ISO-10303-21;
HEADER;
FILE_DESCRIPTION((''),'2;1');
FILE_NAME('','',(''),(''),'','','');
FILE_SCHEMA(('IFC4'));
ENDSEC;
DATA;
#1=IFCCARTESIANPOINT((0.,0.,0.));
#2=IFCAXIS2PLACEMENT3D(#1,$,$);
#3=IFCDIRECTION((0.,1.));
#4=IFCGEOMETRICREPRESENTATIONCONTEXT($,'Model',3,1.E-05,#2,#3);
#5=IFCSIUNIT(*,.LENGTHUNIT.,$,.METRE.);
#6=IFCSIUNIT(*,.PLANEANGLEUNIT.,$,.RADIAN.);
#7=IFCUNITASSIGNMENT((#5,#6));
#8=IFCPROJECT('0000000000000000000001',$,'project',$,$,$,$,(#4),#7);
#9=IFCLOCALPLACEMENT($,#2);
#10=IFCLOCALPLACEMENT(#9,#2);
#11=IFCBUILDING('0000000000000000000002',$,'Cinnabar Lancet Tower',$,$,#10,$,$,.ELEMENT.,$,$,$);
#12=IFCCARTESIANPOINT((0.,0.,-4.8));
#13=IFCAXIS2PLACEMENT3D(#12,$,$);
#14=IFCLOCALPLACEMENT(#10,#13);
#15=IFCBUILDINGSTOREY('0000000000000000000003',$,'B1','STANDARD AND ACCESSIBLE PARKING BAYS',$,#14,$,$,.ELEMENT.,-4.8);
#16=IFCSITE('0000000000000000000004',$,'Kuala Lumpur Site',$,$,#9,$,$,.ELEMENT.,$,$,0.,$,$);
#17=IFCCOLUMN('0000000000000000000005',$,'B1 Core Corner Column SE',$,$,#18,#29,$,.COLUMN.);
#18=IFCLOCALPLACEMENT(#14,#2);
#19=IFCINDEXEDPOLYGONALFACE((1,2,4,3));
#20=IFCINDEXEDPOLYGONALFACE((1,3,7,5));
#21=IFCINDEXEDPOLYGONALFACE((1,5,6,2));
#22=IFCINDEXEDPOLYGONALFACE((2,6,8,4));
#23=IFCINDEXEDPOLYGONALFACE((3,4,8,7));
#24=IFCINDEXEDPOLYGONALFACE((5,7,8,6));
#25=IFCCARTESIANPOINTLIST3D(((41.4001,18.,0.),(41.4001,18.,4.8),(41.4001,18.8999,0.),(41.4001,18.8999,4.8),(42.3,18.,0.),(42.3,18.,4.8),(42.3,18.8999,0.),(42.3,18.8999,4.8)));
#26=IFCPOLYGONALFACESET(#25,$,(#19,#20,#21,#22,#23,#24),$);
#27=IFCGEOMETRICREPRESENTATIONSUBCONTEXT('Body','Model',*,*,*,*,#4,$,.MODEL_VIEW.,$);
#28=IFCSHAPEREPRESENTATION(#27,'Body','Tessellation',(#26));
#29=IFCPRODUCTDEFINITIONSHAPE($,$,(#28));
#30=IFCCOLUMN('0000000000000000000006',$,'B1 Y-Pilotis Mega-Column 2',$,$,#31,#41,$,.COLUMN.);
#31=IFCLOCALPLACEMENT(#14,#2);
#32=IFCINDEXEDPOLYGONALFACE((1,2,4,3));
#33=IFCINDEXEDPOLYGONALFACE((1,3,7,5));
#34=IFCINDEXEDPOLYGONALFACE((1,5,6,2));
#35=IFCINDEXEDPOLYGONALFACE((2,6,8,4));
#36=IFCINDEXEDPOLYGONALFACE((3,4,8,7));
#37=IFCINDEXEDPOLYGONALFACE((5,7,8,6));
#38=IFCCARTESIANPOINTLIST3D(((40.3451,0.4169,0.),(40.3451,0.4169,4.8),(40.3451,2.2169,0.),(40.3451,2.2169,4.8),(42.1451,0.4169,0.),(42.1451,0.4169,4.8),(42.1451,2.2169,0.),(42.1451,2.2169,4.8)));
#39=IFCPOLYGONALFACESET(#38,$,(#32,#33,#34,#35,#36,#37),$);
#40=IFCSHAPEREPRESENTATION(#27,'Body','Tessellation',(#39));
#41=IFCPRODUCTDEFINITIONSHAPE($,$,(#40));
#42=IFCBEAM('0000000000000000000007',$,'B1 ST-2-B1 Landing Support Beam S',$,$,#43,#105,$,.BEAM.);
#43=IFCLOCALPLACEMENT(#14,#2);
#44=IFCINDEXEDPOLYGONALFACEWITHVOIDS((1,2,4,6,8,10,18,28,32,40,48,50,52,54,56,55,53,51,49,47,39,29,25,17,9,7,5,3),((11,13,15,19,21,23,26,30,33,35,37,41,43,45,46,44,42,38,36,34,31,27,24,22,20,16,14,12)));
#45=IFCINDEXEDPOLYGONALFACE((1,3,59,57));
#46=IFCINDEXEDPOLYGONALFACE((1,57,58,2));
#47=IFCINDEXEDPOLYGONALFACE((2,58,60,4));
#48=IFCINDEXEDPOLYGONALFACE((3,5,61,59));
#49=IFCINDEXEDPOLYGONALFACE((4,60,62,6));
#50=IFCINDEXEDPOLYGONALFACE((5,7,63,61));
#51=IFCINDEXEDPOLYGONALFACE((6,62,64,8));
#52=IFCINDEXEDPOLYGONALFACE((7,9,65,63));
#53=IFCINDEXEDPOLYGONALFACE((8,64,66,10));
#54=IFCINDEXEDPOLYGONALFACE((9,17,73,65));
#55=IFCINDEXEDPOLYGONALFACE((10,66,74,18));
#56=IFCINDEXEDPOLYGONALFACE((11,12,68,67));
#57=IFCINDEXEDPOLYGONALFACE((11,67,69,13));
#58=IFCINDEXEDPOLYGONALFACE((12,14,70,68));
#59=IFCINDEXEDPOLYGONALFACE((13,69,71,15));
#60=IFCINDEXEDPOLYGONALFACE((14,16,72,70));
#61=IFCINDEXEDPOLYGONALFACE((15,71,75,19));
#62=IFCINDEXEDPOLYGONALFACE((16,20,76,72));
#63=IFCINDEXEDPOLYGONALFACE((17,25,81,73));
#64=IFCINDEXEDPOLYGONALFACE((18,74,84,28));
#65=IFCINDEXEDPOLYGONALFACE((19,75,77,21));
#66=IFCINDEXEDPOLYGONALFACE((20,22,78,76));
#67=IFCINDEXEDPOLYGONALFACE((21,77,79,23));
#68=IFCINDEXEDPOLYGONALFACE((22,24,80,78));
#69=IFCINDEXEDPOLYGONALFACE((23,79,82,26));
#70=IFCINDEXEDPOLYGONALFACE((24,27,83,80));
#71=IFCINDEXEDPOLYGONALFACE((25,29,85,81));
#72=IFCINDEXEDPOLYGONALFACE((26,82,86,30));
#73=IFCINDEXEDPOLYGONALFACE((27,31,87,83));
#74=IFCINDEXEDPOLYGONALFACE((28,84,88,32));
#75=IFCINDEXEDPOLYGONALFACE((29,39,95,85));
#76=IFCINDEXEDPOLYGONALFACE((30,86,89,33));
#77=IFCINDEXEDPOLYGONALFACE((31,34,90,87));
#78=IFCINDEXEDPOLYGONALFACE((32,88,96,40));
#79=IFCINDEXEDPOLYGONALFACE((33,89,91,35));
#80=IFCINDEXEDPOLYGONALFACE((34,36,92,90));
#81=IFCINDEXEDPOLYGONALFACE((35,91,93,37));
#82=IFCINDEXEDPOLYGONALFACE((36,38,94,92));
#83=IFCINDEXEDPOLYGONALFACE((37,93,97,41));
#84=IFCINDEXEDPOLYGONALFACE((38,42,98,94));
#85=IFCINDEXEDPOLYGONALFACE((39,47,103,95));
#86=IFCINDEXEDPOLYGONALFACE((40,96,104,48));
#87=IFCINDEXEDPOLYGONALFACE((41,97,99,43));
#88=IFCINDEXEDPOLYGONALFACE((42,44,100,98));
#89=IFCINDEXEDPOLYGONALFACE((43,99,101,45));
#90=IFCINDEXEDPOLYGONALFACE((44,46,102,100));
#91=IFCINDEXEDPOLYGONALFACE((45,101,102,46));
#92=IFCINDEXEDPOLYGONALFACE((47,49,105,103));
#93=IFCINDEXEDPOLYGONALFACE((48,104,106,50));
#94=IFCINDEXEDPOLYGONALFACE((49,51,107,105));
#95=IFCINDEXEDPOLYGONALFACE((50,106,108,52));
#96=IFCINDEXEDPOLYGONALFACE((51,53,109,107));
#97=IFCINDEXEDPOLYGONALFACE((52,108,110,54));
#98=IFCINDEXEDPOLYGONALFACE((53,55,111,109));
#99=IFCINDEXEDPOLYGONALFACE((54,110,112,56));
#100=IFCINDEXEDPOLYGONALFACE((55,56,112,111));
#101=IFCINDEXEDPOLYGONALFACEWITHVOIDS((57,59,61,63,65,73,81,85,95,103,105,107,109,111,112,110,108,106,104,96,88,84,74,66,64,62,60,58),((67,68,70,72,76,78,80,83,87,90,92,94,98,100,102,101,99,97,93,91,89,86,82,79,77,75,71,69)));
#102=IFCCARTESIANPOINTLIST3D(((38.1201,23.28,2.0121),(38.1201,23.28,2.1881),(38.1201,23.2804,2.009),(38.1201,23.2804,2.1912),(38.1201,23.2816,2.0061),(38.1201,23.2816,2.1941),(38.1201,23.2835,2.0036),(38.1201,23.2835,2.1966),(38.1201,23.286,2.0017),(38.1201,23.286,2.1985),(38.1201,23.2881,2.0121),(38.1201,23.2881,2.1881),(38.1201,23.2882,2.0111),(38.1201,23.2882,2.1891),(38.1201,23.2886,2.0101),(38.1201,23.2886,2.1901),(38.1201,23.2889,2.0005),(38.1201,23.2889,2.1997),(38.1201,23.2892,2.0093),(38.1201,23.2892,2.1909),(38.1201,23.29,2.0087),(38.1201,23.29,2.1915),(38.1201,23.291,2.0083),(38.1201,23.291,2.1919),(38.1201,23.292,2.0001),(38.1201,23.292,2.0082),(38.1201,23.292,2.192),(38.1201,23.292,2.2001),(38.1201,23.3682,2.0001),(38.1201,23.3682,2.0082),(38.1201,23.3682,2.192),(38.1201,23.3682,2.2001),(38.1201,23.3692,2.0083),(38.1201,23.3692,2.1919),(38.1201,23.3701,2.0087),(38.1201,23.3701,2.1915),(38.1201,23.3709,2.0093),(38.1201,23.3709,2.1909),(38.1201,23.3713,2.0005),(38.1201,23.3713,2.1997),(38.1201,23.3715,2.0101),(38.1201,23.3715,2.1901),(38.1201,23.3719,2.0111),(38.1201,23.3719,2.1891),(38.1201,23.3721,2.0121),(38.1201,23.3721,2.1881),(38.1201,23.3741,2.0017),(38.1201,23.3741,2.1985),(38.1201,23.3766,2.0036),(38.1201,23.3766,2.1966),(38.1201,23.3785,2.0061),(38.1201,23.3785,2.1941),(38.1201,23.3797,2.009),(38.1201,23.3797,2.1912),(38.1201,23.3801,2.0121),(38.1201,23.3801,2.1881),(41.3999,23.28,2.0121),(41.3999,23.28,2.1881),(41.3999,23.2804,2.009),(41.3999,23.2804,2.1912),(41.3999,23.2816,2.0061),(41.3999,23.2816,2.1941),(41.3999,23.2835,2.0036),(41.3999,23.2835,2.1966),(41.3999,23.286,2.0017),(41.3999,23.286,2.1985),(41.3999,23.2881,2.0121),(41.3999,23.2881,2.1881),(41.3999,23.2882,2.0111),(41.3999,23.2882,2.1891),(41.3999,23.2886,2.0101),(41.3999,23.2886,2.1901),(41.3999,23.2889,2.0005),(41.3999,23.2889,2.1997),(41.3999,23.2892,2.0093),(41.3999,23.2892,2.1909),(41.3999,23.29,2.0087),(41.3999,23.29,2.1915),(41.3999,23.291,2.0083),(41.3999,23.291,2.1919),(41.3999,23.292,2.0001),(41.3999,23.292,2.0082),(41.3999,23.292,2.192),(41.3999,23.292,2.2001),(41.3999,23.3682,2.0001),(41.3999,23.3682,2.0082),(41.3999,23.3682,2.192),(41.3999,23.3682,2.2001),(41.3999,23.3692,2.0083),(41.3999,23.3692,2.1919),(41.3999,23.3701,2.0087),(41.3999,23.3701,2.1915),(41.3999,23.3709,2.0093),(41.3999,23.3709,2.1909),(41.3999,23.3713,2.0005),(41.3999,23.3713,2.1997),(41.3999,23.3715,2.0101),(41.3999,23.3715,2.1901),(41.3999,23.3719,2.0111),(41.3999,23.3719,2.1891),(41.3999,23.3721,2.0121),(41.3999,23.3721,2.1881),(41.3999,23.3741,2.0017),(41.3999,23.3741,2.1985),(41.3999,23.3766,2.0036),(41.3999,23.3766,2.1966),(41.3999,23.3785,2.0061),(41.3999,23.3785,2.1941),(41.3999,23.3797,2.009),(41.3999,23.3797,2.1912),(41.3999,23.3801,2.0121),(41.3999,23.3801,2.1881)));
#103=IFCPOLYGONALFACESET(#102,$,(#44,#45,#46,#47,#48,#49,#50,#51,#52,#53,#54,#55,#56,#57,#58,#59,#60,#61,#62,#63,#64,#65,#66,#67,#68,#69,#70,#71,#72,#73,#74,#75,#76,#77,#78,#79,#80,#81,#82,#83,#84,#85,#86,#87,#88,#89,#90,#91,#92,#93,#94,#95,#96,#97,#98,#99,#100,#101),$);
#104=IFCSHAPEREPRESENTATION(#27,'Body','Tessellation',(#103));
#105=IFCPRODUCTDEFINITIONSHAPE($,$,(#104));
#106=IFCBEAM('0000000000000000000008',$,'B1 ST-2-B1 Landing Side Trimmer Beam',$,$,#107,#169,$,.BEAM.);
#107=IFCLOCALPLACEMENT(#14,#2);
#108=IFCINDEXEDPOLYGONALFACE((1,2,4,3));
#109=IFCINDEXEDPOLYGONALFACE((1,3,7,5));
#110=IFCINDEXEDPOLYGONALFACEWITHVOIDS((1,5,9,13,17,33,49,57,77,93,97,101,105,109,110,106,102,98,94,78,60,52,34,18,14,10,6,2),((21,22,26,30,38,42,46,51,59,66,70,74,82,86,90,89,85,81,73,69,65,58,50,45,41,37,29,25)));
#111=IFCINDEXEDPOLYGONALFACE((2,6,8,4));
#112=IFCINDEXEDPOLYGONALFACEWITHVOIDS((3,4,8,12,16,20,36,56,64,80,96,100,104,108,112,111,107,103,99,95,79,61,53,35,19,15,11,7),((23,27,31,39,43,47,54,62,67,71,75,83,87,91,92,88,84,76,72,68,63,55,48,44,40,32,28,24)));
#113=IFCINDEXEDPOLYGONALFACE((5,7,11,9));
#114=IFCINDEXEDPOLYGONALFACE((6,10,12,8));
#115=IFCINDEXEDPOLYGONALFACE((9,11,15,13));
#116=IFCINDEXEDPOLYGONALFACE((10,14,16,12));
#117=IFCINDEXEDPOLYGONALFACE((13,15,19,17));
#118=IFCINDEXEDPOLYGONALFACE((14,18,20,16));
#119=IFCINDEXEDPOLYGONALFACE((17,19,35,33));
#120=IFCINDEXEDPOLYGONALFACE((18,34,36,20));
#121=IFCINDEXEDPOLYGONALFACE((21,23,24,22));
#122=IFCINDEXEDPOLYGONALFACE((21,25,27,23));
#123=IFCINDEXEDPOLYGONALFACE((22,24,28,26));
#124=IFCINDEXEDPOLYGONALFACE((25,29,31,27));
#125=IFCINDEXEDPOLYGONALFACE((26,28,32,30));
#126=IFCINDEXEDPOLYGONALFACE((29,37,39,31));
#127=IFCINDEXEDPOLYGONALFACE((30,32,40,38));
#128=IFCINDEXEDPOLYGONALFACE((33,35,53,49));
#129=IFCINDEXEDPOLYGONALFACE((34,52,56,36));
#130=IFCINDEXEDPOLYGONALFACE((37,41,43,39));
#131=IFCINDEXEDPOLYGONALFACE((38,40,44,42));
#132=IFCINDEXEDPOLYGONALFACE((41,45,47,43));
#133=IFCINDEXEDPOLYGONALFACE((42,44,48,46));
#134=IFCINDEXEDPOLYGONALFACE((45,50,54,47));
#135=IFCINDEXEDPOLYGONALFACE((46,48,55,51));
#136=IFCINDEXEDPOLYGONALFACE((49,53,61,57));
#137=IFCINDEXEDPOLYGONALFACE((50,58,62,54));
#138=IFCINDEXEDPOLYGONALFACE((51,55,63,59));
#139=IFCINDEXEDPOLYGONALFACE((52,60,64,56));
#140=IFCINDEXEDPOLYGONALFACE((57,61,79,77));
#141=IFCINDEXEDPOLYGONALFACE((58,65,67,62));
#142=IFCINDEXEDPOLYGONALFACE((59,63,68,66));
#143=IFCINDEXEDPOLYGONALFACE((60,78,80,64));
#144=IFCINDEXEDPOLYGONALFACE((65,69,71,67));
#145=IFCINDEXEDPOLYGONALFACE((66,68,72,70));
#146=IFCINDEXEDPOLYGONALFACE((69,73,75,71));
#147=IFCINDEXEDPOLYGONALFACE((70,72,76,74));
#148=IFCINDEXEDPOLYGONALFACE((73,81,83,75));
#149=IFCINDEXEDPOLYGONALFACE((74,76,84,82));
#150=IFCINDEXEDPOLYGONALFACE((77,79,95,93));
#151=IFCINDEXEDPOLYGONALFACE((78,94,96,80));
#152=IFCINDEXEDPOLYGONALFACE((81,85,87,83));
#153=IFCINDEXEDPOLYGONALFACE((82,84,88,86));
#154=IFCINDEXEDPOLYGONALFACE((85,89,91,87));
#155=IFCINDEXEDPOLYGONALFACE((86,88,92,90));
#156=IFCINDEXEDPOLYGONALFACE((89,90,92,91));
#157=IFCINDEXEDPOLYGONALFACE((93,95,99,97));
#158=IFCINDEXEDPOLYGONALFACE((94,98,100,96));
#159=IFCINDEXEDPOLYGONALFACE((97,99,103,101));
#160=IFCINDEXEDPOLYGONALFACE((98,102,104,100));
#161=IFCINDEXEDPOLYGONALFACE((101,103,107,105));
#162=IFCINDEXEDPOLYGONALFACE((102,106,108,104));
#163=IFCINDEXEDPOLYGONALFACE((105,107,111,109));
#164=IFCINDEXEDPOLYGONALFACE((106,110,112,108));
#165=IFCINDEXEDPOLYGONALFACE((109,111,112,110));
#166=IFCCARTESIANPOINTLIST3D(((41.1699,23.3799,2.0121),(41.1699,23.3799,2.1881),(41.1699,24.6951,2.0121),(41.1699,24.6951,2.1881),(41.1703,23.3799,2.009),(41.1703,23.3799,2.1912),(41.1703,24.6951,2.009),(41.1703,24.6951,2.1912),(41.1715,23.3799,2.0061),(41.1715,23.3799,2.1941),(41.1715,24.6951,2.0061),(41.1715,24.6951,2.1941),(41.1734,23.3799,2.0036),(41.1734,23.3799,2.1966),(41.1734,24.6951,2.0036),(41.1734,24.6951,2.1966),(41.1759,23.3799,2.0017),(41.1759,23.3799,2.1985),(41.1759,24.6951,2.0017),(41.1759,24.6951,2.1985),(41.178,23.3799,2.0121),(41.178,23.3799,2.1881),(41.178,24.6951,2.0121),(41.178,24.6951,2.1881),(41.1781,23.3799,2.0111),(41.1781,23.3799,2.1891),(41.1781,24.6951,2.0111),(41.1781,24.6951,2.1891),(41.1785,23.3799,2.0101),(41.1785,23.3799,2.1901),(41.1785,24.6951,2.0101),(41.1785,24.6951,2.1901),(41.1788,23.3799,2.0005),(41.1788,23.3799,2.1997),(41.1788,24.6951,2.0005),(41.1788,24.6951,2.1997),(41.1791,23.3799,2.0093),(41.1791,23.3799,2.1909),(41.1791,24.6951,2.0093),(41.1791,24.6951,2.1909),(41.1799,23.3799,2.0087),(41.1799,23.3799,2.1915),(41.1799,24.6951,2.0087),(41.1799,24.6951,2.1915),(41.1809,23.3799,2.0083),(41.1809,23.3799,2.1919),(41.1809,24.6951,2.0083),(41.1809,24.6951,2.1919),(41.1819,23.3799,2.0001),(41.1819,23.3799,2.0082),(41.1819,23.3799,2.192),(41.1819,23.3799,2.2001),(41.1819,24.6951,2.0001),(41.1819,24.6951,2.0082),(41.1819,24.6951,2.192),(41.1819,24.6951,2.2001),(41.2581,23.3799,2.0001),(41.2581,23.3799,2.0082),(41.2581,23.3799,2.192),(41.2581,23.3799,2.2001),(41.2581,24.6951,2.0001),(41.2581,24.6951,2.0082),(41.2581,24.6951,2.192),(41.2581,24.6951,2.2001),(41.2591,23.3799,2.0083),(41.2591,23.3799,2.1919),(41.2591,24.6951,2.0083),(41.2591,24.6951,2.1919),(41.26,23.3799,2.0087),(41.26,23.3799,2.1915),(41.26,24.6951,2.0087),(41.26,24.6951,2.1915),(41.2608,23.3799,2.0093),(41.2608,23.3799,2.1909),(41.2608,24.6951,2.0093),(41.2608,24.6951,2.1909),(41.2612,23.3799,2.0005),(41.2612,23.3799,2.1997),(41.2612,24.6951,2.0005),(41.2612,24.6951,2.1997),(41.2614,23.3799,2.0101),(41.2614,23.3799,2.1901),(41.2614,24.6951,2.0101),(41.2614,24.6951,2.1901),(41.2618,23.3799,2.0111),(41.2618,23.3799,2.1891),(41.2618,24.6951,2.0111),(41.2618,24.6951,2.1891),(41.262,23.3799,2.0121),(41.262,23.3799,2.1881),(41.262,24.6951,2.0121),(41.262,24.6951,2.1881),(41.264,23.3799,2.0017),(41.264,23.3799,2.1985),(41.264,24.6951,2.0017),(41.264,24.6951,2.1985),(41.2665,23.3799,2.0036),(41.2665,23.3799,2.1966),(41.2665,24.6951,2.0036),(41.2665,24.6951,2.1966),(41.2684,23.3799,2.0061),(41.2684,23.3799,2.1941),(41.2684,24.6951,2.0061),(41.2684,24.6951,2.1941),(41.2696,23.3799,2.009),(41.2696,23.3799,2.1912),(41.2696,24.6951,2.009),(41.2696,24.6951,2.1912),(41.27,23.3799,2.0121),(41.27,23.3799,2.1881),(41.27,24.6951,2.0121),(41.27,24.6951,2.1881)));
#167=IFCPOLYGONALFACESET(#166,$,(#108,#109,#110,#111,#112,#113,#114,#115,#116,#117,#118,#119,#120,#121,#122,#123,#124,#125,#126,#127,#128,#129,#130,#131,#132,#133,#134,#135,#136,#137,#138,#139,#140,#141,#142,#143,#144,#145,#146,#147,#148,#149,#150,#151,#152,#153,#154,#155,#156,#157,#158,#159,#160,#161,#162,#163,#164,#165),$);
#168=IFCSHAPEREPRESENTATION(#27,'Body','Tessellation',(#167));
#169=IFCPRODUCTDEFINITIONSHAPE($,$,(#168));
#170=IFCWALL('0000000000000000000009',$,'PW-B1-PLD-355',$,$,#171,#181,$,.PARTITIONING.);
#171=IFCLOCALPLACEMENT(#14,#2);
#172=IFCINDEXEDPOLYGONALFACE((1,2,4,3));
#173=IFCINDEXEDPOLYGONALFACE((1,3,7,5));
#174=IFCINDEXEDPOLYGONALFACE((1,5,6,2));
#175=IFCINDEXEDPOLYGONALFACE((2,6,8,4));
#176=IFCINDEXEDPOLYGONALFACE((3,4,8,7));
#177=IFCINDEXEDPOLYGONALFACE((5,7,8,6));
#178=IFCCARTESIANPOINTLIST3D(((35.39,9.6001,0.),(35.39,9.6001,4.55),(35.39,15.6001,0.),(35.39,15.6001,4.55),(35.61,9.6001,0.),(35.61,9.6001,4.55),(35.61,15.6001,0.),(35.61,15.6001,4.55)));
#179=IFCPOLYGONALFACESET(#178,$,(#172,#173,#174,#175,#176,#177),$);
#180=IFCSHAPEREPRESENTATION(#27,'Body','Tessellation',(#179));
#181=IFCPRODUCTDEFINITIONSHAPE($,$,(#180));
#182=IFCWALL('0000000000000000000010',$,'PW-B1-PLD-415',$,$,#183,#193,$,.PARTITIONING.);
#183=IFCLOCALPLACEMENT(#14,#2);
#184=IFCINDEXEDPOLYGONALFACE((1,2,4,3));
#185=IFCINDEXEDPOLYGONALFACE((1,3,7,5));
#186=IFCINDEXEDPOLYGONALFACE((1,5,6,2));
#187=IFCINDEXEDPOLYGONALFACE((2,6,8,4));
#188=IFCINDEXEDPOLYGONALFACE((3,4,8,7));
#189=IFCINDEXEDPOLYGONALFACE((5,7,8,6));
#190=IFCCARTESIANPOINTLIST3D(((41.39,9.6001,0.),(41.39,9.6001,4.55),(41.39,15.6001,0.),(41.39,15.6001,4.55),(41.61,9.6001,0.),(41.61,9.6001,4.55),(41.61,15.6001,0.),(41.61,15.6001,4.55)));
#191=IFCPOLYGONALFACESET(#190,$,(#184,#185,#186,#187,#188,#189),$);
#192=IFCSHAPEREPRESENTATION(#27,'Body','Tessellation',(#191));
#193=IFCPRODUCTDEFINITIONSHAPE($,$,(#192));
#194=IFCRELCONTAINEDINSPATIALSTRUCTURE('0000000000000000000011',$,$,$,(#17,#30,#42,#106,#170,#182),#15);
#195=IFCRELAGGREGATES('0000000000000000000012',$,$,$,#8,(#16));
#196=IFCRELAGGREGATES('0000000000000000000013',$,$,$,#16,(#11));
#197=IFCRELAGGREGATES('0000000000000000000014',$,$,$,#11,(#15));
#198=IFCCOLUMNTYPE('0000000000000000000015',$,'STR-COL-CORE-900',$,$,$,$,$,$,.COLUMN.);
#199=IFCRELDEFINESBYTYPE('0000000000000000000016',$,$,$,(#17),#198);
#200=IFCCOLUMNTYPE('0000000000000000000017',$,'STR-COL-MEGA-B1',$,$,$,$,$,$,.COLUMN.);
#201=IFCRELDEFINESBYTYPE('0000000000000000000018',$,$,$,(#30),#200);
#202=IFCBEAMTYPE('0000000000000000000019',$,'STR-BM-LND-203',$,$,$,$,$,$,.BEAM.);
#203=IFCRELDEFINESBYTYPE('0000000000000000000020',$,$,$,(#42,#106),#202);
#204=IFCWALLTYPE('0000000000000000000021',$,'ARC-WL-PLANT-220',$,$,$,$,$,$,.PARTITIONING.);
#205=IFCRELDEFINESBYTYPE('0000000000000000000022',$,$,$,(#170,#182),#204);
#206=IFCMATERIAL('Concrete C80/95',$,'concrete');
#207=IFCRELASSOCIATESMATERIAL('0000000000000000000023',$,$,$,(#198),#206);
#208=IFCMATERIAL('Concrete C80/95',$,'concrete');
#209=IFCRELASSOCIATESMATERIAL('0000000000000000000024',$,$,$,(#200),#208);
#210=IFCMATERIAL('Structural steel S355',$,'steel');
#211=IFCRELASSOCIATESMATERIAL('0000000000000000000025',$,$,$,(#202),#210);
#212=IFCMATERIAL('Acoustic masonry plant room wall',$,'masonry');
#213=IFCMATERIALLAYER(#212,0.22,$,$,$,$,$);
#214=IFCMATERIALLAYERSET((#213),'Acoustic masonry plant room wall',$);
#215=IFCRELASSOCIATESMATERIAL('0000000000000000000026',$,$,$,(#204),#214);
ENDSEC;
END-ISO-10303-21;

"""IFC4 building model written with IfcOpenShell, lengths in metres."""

from ifc_helpers import new_model, si_unit, direction, frame, frame_2d, origin, origin_2d, place, context, subcontext, project, spatial, rectangle, hollow_rectangle, extrude, material, layer, layer_set, material_profile, profile_set, type_object, element, save


model = new_model("IFC4")

# Units and contexts
model_context = context("Model", 3, precision=1e-05, world=origin(), true_north=direction((0.0, 1.0)))
body_context = subcontext(model_context, "Body", "Model", "MODEL_VIEW")
ifc_project = project(units=[si_unit("LENGTHUNIT", "METRE"), si_unit("PLANEANGLEUNIT", "RADIAN")], contexts=[model_context])

# Site, building, storey
site_placement = place(None, origin())
site = spatial("IfcSite", under=ifc_project, at=site_placement, Name="Kuala Lumpur Site", CompositionType="ELEMENT", RefElevation=0.0)
building_placement = place(site_placement, origin())
building = spatial("IfcBuilding", under=site, at=building_placement, Name="Cinnabar Lancet Tower", CompositionType="ELEMENT")
storey_placement = place(building_placement, frame((0.0, 0.0, -4.8)))
storey = spatial("IfcBuildingStorey", under=building, at=storey_placement, Name="B1", Description="STANDARD AND ACCESSIBLE PARKING BAYS", CompositionType="ELEMENT", Elevation=-4.8)

# Columns
ifc_material_1 = material(Name="Concrete C80/95", Category="concrete")
ifc_material_profile_1 = material_profile(ifc_material_1, rectangle(XDim=0.8999, YDim=0.8999, at=origin_2d()), Name="RC-COL 900x900")
ifc_profile_set_1 = profile_set([ifc_material_profile_1], Name="Concrete C80/95")
column_type_1 = type_object("IfcColumnType", Name="STR-COL-CORE-900", PredefinedType="COLUMN", material=ifc_profile_set_1)
column_1_placement = place(storey_placement, frame((41.8501, 18.45, 0.0), z_axis=(0.0, 0.0, 1.0), x_axis=(1.0, 0.0, 0.0)))
element("IfcColumn", 1, at=column_1_placement, inside=storey, type_object=column_type_1, Name="B1 Core Corner Column SE", PredefinedType="COLUMN", context=body_context, shape_type="SweptSolid", body=[
    extrude(rectangle(XDim=0.8999, YDim=0.8999, at=origin_2d()), origin(), (0.0, 0.0, 1.0), 4.8),
])
ifc_material_2 = material(Name="Concrete C80/95", Category="concrete")
ifc_material_profile_2 = material_profile(ifc_material_2, rectangle(XDim=1.8, YDim=1.8, at=origin_2d()), Name="RC-MEGA 1800x1800")
ifc_profile_set_2 = profile_set([ifc_material_profile_2], Name="Concrete C80/95")
column_type_2 = type_object("IfcColumnType", Name="STR-COL-MEGA-B1", PredefinedType="COLUMN", material=ifc_profile_set_2)
column_2_placement = place(storey_placement, frame((41.2451, 1.3169, 0.0), z_axis=(0.0, 0.0, 1.0), x_axis=(1.0, 0.0, 0.0)))
element("IfcColumn", 2, at=column_2_placement, inside=storey, type_object=column_type_2, Name="B1 Y-Pilotis Mega-Column 2", PredefinedType="COLUMN", context=body_context, shape_type="SweptSolid", body=[
    extrude(rectangle(XDim=1.8, YDim=1.8, at=origin_2d()), origin(), (0.0, 0.0, 1.0), 4.8),
])

# Beams
ifc_material_3 = material(Name="Structural steel S355", Category="steel")
ifc_material_profile_3 = material_profile(ifc_material_3, hollow_rectangle(XDim=0.1001, YDim=0.2, WallThickness=0.0081, InnerFilletRadius=0.0039, OuterFilletRadius=0.012, at=origin_2d()), Name="RHS 200x100x8")
ifc_profile_set_3 = profile_set([ifc_material_profile_3], Name="Structural steel S355")
beam_type = type_object("IfcBeamType", Name="STR-BM-LND-203", PredefinedType="BEAM", material=ifc_profile_set_3)
beam_1_placement = place(storey_placement, frame((38.1201, 23.3301, 2.1001), z_axis=(1.0, 0.0, 0.0), x_axis=(0.0, 1.0, 0.0)))
element("IfcBeam", 3, at=beam_1_placement, inside=storey, type_object=beam_type, Name="B1 ST-2-B1 Landing Support Beam S", PredefinedType="BEAM", context=body_context, shape_type="SweptSolid", body=[
    extrude(hollow_rectangle(XDim=0.1001, YDim=0.2, WallThickness=0.0081, InnerFilletRadius=0.0039, OuterFilletRadius=0.012, at=origin_2d()), origin(), (0.0, 0.0, 1.0), 3.2798),
])
beam_2_placement = place(storey_placement, frame((41.22, 23.3799, 2.1001), z_axis=(0.0, 1.0, 0.0), x_axis=(-1.0, 0.0, 0.0)))
element("IfcBeam", 4, at=beam_2_placement, inside=storey, type_object=beam_type, Name="B1 ST-2-B1 Landing Side Trimmer Beam", PredefinedType="BEAM", context=body_context, shape_type="SweptSolid", body=[
    extrude(hollow_rectangle(XDim=0.1001, YDim=0.2, WallThickness=0.0081, InnerFilletRadius=0.0039, OuterFilletRadius=0.012, at=origin_2d()), origin(), (0.0, 0.0, 1.0), 1.3152),
])

# Walls
ifc_material_4 = material(Name="Acoustic masonry plant room wall", Category="masonry")
ifc_layer_1 = layer(ifc_material_4, 0.22)
ifc_layer_set_1 = layer_set([ifc_layer_1], Name="Acoustic masonry plant room wall")
wall_type_1 = type_object("IfcWallType", Name="ARC-WL-PLANT-220", PredefinedType="PARTITIONING", material=ifc_layer_set_1)
for number, where, z_axis, x_axis, name in (
    (5, (35.5, 9.6001, 0.0), (0.0, 0.0, 1.0), (0.0, 1.0, 0.0), "PW-B1-PLD-355"),
    (6, (41.5, 9.6001, 0.0), (0.0, 0.0, 1.0), (0.0, 1.0, 0.0), "PW-B1-PLD-415"),
):
    element("IfcWall", number, at=place(storey_placement, frame(where, z_axis=z_axis, x_axis=x_axis)), inside=storey, type_object=wall_type_1, Name=name, PredefinedType="PARTITIONING", context=body_context, shape_type="SweptSolid", body=[
        extrude(rectangle(XDim=6.0, YDim=0.22, at=frame_2d((3.0, 0.0))), origin(), (0.0, 0.0, 1.0), 4.55),
    ])

save(model, "model.ifc")
